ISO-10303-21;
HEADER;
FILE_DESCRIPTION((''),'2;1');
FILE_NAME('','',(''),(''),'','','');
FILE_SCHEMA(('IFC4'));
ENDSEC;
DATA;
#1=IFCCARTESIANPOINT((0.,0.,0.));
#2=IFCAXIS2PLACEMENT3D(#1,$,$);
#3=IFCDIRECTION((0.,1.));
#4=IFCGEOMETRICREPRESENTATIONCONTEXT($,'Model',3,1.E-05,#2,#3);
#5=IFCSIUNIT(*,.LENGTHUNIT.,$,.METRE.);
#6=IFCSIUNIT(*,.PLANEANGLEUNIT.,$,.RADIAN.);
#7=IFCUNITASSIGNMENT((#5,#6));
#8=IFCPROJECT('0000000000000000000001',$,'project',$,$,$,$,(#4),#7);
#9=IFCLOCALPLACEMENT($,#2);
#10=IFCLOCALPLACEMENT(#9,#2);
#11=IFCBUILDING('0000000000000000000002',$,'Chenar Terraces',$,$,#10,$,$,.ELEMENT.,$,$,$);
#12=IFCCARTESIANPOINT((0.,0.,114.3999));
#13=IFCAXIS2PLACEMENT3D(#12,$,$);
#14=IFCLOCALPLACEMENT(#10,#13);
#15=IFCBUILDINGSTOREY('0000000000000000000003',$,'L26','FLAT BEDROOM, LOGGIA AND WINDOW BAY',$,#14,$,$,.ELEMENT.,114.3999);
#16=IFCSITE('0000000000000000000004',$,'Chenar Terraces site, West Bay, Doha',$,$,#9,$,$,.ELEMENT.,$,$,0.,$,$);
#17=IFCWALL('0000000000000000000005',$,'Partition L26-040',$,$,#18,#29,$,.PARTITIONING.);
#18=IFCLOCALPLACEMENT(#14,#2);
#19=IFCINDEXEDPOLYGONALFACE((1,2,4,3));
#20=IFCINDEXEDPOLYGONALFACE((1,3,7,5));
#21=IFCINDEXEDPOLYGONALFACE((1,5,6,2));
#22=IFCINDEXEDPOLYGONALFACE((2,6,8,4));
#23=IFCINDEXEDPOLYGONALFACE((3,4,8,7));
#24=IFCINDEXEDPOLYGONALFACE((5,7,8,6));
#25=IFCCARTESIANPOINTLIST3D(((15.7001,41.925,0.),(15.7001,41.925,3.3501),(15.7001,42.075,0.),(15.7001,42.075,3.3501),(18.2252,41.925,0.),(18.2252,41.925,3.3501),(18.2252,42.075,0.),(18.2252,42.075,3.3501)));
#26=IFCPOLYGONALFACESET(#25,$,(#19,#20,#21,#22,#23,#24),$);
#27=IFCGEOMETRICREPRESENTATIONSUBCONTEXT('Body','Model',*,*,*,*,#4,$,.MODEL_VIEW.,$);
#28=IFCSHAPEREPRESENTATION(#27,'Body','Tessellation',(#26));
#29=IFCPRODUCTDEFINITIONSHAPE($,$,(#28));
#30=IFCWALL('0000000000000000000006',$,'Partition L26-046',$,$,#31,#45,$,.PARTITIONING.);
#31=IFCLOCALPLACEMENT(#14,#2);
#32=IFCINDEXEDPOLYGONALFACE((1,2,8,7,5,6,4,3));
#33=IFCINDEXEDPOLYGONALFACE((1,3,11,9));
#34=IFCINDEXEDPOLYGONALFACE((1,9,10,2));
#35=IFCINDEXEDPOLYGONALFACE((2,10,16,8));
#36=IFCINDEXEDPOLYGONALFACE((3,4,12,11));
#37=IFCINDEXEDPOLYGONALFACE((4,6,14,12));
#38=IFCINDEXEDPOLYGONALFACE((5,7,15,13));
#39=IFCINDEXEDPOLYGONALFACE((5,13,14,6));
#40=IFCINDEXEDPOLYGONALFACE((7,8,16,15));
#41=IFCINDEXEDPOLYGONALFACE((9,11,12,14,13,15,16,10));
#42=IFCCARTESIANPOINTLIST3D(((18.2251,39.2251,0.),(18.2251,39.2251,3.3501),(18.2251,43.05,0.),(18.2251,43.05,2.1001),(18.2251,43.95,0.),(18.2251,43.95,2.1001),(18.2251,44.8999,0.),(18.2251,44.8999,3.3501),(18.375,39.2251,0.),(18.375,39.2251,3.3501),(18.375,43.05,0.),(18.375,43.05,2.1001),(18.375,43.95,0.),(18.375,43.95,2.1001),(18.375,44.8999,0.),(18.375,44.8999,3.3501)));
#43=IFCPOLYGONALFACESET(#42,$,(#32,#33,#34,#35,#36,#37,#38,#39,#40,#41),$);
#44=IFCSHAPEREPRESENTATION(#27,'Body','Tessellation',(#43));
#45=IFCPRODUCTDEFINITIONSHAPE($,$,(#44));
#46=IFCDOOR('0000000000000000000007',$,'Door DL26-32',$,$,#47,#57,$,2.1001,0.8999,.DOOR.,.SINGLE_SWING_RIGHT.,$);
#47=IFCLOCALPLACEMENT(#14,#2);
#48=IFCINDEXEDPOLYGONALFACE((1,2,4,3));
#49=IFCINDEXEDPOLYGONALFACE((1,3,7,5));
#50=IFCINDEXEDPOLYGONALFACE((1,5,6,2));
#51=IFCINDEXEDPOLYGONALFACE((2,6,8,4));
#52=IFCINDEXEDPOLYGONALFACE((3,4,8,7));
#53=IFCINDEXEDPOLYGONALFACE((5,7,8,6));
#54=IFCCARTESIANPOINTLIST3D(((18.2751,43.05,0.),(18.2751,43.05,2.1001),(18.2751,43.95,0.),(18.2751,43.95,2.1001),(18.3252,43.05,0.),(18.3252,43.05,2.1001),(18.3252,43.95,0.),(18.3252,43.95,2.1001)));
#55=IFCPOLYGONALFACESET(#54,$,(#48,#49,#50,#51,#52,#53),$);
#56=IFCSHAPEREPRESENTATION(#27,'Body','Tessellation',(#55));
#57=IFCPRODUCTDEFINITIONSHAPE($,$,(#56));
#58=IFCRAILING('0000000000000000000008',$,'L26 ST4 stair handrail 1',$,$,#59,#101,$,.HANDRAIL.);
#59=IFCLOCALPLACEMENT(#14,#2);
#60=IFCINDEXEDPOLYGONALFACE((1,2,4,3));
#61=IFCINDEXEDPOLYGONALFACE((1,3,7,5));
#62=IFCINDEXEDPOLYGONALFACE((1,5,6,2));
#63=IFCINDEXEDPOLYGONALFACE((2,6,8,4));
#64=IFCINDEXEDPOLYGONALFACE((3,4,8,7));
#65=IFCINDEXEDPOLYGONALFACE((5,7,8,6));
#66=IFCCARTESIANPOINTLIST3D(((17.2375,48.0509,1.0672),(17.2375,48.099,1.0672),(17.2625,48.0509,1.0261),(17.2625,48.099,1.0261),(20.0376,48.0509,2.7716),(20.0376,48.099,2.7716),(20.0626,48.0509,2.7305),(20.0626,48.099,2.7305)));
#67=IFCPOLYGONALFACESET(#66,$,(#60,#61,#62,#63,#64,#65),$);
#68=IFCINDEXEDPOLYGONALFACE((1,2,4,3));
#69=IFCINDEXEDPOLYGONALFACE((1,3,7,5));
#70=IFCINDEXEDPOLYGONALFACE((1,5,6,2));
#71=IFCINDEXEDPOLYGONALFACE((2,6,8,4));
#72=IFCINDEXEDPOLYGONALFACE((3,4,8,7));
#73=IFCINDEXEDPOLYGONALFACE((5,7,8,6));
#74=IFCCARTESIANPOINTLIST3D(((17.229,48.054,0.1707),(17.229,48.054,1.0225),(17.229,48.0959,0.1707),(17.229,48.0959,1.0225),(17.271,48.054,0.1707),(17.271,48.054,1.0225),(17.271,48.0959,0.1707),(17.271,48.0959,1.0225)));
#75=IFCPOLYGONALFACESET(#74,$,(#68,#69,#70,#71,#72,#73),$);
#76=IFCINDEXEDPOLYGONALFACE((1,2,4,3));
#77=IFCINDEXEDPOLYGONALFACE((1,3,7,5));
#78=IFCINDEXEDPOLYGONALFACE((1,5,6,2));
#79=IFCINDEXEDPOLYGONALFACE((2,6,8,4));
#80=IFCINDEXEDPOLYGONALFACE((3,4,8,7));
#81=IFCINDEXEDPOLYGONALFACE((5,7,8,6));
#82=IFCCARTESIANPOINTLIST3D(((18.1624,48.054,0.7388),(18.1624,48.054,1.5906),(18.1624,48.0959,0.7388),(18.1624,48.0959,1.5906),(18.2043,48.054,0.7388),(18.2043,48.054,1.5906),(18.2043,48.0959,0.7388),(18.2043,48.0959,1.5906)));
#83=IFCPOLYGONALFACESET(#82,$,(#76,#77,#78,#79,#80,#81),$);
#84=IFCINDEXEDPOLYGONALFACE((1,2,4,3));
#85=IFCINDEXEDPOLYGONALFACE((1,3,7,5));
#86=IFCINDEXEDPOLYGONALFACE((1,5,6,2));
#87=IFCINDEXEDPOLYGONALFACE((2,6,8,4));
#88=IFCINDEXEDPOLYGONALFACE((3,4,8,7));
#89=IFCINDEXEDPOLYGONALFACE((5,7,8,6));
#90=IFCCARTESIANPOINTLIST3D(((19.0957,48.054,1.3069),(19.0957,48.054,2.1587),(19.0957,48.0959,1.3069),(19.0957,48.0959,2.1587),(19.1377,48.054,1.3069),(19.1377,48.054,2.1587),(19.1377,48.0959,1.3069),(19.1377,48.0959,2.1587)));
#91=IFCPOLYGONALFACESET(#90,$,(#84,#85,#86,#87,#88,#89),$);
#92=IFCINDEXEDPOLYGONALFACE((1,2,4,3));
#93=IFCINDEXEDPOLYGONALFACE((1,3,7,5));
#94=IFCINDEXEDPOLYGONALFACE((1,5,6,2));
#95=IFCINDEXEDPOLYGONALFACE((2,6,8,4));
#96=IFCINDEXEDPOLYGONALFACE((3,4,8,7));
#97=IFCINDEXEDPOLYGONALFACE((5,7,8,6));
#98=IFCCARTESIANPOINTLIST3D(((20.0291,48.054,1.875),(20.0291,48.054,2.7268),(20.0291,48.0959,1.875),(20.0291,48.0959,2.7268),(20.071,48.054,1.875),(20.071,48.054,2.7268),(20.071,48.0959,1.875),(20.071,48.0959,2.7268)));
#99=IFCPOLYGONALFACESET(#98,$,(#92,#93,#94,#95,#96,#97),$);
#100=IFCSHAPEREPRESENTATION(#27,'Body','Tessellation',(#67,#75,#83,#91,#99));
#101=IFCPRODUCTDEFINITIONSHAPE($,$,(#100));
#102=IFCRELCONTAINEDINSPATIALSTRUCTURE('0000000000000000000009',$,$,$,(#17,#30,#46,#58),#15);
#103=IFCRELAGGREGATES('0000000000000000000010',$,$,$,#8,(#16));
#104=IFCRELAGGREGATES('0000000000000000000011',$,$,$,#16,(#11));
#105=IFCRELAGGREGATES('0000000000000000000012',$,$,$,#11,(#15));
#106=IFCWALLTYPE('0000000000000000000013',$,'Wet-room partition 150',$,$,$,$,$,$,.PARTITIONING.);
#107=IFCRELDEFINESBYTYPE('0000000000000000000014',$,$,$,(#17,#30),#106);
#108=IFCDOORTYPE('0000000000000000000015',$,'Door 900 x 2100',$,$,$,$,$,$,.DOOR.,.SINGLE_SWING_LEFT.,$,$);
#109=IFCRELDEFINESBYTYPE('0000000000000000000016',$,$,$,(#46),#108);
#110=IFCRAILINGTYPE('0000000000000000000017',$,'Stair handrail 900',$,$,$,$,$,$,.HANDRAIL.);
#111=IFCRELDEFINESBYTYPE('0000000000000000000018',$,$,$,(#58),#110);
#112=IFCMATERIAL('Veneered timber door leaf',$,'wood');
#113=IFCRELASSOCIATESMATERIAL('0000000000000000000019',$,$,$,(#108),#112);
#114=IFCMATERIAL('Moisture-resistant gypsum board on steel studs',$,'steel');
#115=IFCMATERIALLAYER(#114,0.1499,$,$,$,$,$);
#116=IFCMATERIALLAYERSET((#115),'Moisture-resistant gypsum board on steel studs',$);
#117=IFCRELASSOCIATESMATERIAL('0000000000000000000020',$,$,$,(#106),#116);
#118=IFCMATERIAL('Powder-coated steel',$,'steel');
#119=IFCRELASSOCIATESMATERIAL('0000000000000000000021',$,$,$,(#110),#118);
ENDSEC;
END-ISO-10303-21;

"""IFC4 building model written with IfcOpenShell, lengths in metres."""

from ifc_helpers import new_model, si_unit, direction, frame, frame_2d, origin, origin_2d, place, context, subcontext, project, spatial, rectangle, extrude, material, layer, layer_set, type_object, element, fill, save


model = new_model("IFC4")

# Units and contexts
model_context = context("Model", 3, precision=1e-05, world=origin(), true_north=direction((0.0, 1.0)))
body_context = subcontext(model_context, "Body", "Model", "MODEL_VIEW")
ifc_project = project(units=[si_unit("LENGTHUNIT", "METRE"), si_unit("PLANEANGLEUNIT", "RADIAN")], contexts=[model_context])

# Site, building, storey
site_placement = place(None, origin())
site = spatial("IfcSite", under=ifc_project, at=site_placement, Name="Chenar Terraces site, West Bay, Doha", CompositionType="ELEMENT", RefElevation=0.0)
building_placement = place(site_placement, origin())
building = spatial("IfcBuilding", under=site, at=building_placement, Name="Chenar Terraces", CompositionType="ELEMENT")
storey_placement = place(building_placement, frame((0.0, 0.0, 114.3999)))
storey = spatial("IfcBuildingStorey", under=building, at=storey_placement, Name="L26", Description="FLAT BEDROOM, LOGGIA AND WINDOW BAY", CompositionType="ELEMENT", Elevation=114.3999)

# Shared definitions
ifc_material_1 = material(Name="Veneered timber door leaf", Category="wood")
door_type_1 = type_object("IfcDoorType", Name="Door 900 x 2100", OperationType="SINGLE_SWING_LEFT", PredefinedType="DOOR", material=ifc_material_1)

# Shared definitions
ifc_material_2 = material(Name="Moisture-resistant gypsum board on steel studs", Category="steel")
ifc_layer_1 = layer(ifc_material_2, 0.1499)
ifc_layer_set_1 = layer_set([ifc_layer_1], Name="Moisture-resistant gypsum board on steel studs")
wall_type_1 = type_object("IfcWallType", Name="Wet-room partition 150", PredefinedType="PARTITIONING", material=ifc_layer_set_1)

# Wall
wall_1_placement = place(storey_placement, frame((15.7, 42.0, 0.0), z_axis=(0.0, 0.0, 1.0), x_axis=(1.0, 0.0, 0.0)))
element("IfcWall", 1, at=wall_1_placement, inside=storey, type_object=wall_type_1, Name="Partition L26-040", PredefinedType="PARTITIONING", context=body_context, shape_type="SweptSolid", body=[
    extrude(rectangle(XDim=2.5251, YDim=0.1499, at=frame_2d((1.2627, 0.0))), origin(), (0.0, 0.0, 1.0), 3.3501),
])

# Wall, opening, door
wall_2_placement = place(storey_placement, frame((18.3, 39.2251, 0.0), z_axis=(0.0, 0.0, 1.0), x_axis=(0.0, 1.0, 0.0)))
wall_2 = element("IfcWall", 2, at=wall_2_placement, inside=storey, type_object=wall_type_1, Name="Partition L26-046", PredefinedType="PARTITIONING", context=body_context, shape_type="SweptSolid", body=[
    extrude(rectangle(XDim=5.6748, YDim=0.1499, at=frame_2d((2.8374, 0.0))), origin(), (0.0, 0.0, 1.0), 3.3501),
])
opening_1_placement = place(wall_2_placement, frame((3.825, 0.0, 0.0)))
opening_1 = element("IfcOpeningElement", 3, at=opening_1_placement, cuts=wall_2, PredefinedType="OPENING", context=body_context, shape_type="SweptSolid", body=[
    extrude(rectangle(XDim=0.8999, YDim=2.1001, at=frame_2d((0.45, 1.05))), frame((0.0, 0.085, 0.0), z_axis=(0.0, -1.0, 0.0), x_axis=(1.0, 0.0, 0.0)), (0.0, 0.0, 1.0), 0.1699),
])
door_1_placement = place(opening_1_placement, origin())
door_1 = element("IfcDoor", 4, at=door_1_placement, inside=storey, type_object=door_type_1, Name="Door DL26-32", OperationType="SINGLE_SWING_RIGHT", OverallHeight=2.1001, OverallWidth=0.8999, PredefinedType="DOOR", context=body_context, shape_type="SweptSolid", body=[
    extrude(rectangle(XDim=0.8999, YDim=2.1001, at=frame_2d((0.45, 1.05))), frame((0.0, 0.0249, 0.0), z_axis=(0.0, -1.0, 0.0), x_axis=(1.0, 0.0, 0.0)), (0.0, 0.0, 1.0), 0.05),
])
fill(opening_1, door_1)

# Railing
ifc_material_3 = material(Name="Powder-coated steel", Category="steel")
railing_type = type_object("IfcRailingType", Name="Stair handrail 900", PredefinedType="HANDRAIL", material=ifc_material_3)
railing_placement = place(storey_placement, frame((17.25, 48.075, 0.1707)))
element("IfcRailing", 5, at=railing_placement, inside=storey, type_object=railing_type, Name="L26 ST4 stair handrail 1", PredefinedType="HANDRAIL", context=body_context, shape_type="SweptSolid", body=[
    extrude(rectangle(XDim=0.0481, YDim=0.0481, at=origin_2d()), frame((0.0, 0.0, 0.876), z_axis=(0.854203, 0.0, 0.51994), x_axis=(0.0, 1.0, 0.0)), (0.0, 0.0, 1.0), 3.2781),
    extrude(rectangle(XDim=0.042, YDim=0.042, at=origin_2d()), origin(), (0.0, 0.0, 1.0), 0.8518),
    extrude(rectangle(XDim=0.042, YDim=0.042, at=origin_2d()), frame((0.9333, 0.0, 0.5681)), (0.0, 0.0, 1.0), 0.8518),
    extrude(rectangle(XDim=0.042, YDim=0.042, at=origin_2d()), frame((1.8667, 0.0, 1.1362)), (0.0, 0.0, 1.0), 0.8518),
    extrude(rectangle(XDim=0.042, YDim=0.042, at=origin_2d()), frame((2.8, 0.0, 1.7043)), (0.0, 0.0, 1.0), 0.8518),
])

save(model, "model.ifc")
